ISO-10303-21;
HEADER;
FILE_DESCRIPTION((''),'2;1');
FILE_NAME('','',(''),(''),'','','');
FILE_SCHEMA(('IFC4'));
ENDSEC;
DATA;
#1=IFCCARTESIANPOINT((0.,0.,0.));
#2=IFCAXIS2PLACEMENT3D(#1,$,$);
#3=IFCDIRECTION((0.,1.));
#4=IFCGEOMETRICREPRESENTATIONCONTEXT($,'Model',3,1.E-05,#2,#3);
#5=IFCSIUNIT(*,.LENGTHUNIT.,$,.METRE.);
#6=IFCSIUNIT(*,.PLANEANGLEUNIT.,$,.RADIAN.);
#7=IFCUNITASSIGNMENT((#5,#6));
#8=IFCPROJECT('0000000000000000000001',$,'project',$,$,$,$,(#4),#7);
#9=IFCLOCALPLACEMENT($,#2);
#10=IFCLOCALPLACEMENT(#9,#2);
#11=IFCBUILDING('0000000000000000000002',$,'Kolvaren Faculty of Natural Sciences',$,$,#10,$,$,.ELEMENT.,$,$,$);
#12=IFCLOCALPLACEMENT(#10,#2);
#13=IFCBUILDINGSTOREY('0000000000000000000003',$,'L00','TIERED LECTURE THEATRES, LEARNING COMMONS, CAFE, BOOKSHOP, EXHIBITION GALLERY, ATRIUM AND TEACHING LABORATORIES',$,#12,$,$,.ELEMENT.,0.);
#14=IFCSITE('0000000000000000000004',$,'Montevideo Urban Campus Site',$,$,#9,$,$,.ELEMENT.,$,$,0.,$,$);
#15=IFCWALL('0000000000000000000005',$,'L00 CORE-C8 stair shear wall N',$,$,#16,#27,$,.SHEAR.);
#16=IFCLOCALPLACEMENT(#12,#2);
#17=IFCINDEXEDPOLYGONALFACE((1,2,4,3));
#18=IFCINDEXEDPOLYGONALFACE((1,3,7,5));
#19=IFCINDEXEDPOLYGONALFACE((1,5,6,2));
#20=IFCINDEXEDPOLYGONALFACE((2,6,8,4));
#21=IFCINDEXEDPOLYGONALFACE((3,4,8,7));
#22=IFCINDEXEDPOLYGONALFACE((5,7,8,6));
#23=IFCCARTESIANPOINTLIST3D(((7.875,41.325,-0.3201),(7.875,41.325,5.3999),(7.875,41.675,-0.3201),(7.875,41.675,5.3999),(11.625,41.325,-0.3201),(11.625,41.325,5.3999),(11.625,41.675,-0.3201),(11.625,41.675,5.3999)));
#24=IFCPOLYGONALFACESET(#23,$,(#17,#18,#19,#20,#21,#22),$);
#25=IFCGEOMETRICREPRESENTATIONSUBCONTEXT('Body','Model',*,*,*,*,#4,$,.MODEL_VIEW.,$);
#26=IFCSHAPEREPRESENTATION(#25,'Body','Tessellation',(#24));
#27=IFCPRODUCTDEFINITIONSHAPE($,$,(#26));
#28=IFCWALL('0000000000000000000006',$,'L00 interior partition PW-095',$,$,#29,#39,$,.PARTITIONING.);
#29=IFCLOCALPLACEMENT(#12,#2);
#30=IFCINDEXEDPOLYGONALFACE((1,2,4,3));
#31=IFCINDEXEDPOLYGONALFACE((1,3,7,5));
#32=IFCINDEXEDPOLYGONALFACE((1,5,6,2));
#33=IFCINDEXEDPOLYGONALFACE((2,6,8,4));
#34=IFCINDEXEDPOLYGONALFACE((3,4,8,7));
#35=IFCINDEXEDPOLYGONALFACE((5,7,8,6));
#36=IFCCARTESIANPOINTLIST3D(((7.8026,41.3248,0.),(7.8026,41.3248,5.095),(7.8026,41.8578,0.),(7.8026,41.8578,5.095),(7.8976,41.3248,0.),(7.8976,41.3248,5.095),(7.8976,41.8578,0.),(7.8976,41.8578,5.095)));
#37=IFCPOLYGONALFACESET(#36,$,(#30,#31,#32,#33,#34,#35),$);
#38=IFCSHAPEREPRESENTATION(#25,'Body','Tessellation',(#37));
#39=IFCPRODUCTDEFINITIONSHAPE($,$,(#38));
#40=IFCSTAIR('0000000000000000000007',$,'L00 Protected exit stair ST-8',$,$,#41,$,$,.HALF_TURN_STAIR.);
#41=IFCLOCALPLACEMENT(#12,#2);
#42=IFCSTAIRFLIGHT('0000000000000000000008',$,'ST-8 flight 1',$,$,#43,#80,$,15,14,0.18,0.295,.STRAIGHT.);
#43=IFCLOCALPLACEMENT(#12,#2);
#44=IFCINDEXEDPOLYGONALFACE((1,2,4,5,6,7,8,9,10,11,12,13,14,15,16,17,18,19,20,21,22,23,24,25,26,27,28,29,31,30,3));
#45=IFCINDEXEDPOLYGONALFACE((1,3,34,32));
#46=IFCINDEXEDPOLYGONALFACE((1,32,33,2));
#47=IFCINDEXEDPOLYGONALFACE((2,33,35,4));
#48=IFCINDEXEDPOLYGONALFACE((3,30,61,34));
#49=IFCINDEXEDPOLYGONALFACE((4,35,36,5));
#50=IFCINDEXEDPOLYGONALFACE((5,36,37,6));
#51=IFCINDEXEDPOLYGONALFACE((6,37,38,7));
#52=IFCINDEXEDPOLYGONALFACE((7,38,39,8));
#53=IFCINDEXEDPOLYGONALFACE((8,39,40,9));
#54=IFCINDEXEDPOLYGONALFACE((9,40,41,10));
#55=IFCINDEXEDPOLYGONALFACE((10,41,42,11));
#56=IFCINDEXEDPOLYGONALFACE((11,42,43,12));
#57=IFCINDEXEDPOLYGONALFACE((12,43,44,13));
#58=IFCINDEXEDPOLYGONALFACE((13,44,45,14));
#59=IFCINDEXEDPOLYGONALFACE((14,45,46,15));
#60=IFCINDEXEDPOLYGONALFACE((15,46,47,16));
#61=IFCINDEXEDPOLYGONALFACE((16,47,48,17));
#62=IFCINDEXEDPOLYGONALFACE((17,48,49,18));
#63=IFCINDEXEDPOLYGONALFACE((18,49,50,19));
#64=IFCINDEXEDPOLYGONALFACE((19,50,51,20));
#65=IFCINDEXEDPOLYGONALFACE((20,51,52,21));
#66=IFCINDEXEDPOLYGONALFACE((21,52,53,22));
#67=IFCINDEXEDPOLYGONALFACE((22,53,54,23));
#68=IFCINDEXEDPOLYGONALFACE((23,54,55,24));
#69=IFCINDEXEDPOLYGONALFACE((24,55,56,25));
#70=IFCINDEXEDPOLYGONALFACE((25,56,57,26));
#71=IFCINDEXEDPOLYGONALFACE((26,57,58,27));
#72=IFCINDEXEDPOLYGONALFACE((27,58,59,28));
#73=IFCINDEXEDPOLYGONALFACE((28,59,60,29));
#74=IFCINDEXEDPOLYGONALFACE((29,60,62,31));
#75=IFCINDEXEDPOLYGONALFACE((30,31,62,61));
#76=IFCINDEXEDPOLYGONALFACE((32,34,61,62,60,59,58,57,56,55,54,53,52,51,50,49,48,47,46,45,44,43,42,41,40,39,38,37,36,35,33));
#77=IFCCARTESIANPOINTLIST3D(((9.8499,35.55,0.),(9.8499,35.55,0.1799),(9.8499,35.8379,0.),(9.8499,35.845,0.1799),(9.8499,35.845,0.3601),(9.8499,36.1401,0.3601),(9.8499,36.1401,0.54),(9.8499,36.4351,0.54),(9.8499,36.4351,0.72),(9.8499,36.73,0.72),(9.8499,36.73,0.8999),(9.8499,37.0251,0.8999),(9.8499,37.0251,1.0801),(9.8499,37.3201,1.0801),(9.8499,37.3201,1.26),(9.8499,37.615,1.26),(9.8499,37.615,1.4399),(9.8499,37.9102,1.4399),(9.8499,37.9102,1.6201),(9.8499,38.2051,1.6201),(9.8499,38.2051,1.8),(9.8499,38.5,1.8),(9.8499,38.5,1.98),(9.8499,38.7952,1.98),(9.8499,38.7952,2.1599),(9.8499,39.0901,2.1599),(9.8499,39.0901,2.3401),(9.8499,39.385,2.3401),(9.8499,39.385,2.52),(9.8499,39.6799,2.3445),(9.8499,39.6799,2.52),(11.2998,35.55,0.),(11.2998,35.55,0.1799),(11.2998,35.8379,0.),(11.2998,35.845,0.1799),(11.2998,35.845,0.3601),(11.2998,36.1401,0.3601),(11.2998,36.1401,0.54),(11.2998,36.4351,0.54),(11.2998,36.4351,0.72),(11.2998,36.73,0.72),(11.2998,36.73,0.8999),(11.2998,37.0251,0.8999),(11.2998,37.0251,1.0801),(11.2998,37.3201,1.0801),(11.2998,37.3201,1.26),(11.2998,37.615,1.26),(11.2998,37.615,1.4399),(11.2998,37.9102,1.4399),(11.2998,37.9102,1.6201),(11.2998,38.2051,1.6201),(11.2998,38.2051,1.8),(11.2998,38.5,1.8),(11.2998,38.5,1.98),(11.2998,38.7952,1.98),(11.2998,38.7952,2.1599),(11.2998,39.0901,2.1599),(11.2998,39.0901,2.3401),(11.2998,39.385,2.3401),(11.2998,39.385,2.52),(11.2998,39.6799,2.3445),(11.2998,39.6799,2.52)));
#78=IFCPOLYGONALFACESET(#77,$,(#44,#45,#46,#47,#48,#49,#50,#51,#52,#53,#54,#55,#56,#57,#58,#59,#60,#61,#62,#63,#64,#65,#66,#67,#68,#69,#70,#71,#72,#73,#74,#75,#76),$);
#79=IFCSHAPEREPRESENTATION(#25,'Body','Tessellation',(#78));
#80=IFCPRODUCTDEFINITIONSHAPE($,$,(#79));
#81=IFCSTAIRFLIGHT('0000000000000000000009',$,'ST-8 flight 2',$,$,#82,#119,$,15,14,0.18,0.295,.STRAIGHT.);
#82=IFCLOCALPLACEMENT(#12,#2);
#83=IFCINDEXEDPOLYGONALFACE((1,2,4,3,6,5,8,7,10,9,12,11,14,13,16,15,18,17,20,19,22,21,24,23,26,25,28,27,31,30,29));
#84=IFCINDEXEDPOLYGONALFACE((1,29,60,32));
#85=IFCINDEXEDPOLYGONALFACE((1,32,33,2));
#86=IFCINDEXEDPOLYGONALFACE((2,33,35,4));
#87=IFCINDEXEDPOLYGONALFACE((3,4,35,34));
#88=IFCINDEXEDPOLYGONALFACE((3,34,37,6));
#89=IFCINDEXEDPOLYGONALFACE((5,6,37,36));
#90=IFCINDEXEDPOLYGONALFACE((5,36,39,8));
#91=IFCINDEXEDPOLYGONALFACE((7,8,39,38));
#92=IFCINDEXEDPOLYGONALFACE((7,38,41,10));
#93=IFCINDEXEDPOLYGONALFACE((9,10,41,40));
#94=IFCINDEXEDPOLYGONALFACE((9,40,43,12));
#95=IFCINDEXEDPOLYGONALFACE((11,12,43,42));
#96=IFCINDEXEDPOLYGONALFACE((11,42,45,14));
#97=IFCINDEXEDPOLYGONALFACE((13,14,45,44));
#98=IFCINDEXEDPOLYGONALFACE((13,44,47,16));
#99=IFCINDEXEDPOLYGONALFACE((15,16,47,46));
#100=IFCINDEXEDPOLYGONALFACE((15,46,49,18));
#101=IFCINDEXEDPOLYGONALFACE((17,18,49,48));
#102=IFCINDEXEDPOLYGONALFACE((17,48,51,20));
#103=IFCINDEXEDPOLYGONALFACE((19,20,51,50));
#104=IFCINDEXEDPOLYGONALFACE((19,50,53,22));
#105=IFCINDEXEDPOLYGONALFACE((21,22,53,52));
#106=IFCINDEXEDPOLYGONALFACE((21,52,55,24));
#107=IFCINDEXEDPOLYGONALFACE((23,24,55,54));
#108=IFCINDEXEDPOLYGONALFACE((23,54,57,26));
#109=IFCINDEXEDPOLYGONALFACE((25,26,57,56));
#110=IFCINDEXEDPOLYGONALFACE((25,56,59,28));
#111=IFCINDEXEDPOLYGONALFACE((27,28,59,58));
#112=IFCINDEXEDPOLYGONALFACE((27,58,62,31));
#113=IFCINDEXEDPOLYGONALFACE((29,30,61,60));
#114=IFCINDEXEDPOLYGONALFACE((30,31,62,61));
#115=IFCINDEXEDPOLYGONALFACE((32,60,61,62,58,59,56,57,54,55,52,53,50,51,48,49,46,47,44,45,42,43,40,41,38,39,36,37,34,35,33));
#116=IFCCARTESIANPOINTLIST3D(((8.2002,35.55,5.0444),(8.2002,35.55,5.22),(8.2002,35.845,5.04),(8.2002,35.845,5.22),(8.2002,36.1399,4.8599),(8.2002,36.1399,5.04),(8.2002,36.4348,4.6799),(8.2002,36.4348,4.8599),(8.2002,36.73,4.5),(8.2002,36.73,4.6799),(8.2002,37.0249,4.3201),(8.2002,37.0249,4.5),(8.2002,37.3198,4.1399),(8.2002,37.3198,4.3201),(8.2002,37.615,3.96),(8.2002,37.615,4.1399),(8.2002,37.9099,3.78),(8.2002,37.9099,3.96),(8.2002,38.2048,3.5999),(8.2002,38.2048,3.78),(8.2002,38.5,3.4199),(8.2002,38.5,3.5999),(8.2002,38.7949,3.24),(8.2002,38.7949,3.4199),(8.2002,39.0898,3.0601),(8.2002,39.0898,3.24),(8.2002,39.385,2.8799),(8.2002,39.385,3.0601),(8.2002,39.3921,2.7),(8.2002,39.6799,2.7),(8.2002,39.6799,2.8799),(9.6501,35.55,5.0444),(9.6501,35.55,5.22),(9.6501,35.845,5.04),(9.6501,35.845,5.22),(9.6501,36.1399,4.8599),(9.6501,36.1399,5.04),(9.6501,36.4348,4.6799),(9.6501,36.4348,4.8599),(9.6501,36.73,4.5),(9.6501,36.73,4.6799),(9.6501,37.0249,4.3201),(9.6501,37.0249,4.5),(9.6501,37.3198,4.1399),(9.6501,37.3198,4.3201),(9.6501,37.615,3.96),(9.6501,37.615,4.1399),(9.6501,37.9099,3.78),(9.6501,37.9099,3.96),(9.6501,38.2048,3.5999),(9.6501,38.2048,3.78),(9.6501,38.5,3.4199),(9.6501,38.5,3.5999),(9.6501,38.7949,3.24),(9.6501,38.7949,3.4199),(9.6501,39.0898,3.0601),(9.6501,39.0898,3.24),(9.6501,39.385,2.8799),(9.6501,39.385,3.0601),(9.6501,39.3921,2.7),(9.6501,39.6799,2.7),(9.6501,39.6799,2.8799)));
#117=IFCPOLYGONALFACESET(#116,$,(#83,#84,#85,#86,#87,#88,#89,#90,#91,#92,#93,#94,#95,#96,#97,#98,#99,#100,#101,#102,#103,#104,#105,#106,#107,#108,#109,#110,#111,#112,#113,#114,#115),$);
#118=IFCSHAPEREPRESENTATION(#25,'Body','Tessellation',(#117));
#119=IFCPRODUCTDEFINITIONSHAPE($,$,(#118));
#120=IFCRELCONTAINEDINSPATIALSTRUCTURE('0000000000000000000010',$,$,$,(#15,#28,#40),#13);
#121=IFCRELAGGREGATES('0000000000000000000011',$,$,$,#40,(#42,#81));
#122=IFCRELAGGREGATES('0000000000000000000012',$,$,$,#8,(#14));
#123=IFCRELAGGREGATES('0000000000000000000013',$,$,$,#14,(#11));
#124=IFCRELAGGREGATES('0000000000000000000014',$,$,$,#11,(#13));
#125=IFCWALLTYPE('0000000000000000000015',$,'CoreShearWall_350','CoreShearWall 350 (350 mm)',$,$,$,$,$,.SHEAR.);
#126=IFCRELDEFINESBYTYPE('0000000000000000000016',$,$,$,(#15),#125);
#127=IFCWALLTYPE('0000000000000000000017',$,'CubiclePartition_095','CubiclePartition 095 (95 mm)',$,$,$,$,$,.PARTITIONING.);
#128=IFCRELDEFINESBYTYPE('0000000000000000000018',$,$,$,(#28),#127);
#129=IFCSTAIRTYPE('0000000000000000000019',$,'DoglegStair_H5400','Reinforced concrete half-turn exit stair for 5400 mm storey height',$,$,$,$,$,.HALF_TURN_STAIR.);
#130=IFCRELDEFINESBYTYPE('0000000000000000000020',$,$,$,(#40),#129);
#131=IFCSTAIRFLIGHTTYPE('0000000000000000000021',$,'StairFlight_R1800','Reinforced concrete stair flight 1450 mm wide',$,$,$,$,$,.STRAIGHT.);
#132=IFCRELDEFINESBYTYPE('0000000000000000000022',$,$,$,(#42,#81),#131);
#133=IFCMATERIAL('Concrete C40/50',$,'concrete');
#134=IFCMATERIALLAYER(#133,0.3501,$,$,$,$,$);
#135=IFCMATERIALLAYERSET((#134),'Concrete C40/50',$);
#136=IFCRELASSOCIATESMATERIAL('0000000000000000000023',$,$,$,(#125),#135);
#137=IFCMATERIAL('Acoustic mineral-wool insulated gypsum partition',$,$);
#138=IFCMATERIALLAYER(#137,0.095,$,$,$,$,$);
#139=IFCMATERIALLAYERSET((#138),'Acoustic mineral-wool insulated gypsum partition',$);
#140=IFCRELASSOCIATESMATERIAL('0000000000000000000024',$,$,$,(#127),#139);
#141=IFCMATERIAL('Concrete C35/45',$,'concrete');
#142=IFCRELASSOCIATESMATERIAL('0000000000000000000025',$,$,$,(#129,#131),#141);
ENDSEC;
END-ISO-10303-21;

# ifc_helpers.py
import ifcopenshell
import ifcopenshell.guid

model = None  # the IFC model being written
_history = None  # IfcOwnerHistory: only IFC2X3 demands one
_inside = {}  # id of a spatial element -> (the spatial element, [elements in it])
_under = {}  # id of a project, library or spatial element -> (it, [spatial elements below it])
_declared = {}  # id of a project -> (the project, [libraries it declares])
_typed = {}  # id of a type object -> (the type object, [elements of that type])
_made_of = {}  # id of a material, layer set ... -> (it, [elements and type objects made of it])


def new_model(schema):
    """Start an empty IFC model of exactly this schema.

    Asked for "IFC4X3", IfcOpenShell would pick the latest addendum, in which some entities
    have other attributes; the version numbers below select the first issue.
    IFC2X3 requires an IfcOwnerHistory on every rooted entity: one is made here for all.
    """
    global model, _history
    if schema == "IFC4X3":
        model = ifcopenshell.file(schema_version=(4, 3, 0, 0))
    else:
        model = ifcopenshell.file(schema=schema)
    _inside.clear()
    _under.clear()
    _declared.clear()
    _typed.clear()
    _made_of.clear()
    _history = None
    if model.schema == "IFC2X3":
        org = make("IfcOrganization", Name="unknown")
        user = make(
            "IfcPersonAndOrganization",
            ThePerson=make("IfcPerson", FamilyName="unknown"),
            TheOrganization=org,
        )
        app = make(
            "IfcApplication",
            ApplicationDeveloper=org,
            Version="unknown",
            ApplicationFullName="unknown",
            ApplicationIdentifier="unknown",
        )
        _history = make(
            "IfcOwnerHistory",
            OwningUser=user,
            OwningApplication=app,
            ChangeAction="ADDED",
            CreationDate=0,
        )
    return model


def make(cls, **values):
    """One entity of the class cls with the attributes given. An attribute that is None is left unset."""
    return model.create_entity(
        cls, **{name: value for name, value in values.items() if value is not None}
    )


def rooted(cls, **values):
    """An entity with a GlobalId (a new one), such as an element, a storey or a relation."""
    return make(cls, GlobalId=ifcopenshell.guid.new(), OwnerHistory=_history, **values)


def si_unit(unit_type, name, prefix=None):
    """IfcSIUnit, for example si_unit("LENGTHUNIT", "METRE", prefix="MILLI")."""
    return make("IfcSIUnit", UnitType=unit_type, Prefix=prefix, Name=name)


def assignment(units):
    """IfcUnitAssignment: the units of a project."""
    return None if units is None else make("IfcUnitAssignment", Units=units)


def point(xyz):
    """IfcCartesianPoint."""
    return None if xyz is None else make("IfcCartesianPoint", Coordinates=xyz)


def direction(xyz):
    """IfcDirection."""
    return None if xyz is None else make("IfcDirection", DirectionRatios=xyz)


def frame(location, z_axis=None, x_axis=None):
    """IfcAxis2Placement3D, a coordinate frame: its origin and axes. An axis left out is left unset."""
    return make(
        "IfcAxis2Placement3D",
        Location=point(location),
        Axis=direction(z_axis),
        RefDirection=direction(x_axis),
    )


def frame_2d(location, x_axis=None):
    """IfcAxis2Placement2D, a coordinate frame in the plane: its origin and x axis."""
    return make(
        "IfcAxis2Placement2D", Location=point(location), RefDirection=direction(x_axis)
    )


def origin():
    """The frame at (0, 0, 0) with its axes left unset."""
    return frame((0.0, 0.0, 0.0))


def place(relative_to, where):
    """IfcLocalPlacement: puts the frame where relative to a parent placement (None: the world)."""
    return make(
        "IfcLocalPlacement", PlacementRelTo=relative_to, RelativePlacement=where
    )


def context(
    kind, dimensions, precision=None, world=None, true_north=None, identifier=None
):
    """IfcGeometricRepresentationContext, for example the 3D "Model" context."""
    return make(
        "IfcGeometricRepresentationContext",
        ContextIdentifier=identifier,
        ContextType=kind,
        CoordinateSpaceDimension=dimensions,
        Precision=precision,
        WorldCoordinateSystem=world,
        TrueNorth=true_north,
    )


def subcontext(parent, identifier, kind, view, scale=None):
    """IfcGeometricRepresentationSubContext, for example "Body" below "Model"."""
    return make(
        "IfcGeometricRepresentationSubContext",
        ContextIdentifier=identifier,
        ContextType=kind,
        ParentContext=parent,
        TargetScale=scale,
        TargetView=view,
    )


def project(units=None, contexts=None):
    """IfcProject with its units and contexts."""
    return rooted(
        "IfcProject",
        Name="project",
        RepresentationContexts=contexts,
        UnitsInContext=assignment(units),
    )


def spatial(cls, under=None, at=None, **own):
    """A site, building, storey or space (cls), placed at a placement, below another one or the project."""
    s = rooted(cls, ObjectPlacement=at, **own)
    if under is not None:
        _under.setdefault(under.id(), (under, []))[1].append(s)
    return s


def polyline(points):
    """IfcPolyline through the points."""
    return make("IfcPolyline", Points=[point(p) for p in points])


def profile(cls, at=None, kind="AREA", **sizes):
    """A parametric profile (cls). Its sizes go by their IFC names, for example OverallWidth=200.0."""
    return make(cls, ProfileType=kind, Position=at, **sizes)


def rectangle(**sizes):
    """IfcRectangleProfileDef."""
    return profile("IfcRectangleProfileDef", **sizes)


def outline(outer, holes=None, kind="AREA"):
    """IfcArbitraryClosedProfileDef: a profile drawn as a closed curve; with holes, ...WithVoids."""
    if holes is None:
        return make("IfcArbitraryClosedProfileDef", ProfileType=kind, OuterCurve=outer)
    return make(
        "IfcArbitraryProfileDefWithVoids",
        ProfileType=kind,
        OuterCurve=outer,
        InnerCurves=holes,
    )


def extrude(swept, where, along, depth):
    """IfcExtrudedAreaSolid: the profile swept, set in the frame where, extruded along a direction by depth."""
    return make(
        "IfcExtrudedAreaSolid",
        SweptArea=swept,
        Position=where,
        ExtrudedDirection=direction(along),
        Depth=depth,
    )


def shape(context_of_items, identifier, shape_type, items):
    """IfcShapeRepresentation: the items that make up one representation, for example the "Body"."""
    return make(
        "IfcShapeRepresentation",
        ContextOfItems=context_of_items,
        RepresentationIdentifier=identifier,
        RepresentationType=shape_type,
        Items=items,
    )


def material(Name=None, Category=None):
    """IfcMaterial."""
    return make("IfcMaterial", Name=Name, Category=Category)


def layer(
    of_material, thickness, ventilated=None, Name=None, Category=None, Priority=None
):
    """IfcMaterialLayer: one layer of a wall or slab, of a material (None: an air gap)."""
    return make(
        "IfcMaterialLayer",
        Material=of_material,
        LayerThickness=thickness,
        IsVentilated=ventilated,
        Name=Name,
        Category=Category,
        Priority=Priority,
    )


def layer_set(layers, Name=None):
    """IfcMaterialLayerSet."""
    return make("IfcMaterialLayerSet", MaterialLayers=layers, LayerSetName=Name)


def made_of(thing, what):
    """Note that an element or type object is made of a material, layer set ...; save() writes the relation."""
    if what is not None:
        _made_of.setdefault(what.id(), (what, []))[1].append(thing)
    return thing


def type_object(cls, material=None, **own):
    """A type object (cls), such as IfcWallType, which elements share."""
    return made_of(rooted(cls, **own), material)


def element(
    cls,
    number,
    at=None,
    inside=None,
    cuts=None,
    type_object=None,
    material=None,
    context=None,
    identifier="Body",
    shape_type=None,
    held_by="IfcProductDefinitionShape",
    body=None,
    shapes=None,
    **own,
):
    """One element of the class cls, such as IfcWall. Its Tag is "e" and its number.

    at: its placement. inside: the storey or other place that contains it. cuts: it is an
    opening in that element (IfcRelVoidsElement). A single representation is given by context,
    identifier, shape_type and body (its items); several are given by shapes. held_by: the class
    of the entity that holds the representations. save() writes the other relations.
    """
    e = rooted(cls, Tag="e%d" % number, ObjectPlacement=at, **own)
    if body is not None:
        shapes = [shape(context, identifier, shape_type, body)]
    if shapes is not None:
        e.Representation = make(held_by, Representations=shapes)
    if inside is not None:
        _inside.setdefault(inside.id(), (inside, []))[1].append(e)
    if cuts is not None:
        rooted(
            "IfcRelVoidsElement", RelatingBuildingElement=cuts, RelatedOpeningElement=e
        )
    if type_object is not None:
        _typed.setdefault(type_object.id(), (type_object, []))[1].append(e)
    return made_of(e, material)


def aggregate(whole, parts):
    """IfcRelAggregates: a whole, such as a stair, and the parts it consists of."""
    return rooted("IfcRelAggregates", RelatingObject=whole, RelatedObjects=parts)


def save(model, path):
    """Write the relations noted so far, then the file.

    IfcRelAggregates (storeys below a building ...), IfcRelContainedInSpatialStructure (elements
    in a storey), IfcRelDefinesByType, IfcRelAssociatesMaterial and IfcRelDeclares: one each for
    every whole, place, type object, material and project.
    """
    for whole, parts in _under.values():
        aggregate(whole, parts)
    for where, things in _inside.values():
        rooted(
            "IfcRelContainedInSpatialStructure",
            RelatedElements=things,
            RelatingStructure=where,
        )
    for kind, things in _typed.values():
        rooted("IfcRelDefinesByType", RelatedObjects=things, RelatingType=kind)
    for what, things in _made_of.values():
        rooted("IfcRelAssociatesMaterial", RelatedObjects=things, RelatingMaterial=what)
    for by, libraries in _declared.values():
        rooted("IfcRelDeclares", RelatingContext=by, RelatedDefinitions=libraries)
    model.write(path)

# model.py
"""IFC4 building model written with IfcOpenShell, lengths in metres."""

from ifc_helpers import new_model, si_unit, direction, frame, frame_2d, origin, place, context, subcontext, project, spatial, polyline, rectangle, outline, extrude, material, layer, layer_set, type_object, element, aggregate, save


model = new_model("IFC4")

# Units and contexts
model_context = context("Model", 3, precision=1e-05, world=origin(), true_north=direction((0.0, 1.0)))
body_context = subcontext(model_context, "Body", "Model", "MODEL_VIEW")
ifc_project = project(units=[si_unit("LENGTHUNIT", "METRE"), si_unit("PLANEANGLEUNIT", "RADIAN")], contexts=[model_context])

# Site, building, storey
site_placement = place(None, origin())
site = spatial("IfcSite", under=ifc_project, at=site_placement, Name="Montevideo Urban Campus Site", CompositionType="ELEMENT", RefElevation=0.0)
building_placement = place(site_placement, origin())
building = spatial("IfcBuilding", under=site, at=building_placement, Name="Kolvaren Faculty of Natural Sciences", CompositionType="ELEMENT")
storey_placement = place(building_placement, origin())
storey = spatial("IfcBuildingStorey", under=building, at=storey_placement, Name="L00", Description="TIERED LECTURE THEATRES, LEARNING COMMONS, CAFE, BOOKSHOP, EXHIBITION GALLERY, ATRIUM AND TEACHING LABORATORIES", CompositionType="ELEMENT", Elevation=0.0)

# Shared definitions
ifc_material_1 = material(Name="Concrete C35/45", Category="concrete")

# Shared definitions
ifc_material_2 = material(Name="Concrete C40/50", Category="concrete")

# Walls
ifc_layer_1 = layer(ifc_material_2, 0.3501)
ifc_layer_set_1 = layer_set([ifc_layer_1], Name="Concrete C40/50")
wall_type_1 = type_object("IfcWallType", Name="CoreShearWall_350", Description="CoreShearWall 350 (350 mm)", PredefinedType="SHEAR", material=ifc_layer_set_1)
wall_1_placement = place(storey_placement, frame((7.875, 41.5, -0.3201), z_axis=(0.0, 0.0, 1.0), x_axis=(1.0, 0.0, 0.0)))
element("IfcWall", 1, at=wall_1_placement, inside=storey, type_object=wall_type_1, Name="L00 CORE-C8 stair shear wall N", PredefinedType="SHEAR", context=body_context, shape_type="SweptSolid", body=[
    extrude(rectangle(XDim=3.75, YDim=0.3501, at=frame_2d((1.875, 0.0))), origin(), (0.0, 0.0, 1.0), 5.72),
])
ifc_material_3 = material(Name="Acoustic mineral-wool insulated gypsum partition")
ifc_layer_2 = layer(ifc_material_3, 0.095)
ifc_layer_set_2 = layer_set([ifc_layer_2], Name="Acoustic mineral-wool insulated gypsum partition")
wall_type_2 = type_object("IfcWallType", Name="CubiclePartition_095", Description="CubiclePartition 095 (95 mm)", PredefinedType="PARTITIONING", material=ifc_layer_set_2)
wall_2_placement = place(storey_placement, frame((7.8501, 41.8579, 0.0), z_axis=(0.0, 0.0, 1.0), x_axis=(0.0, -1.0, 0.0)))
element("IfcWall", 2, at=wall_2_placement, inside=storey, type_object=wall_type_2, Name="L00 interior partition PW-095", PredefinedType="PARTITIONING", context=body_context, shape_type="SweptSolid", body=[
    extrude(rectangle(XDim=0.533, YDim=0.095, at=frame_2d((0.2666, 0.0))), origin(), (0.0, 0.0, 1.0), 5.095),
])

# Stair, stair flights
stair_type = type_object("IfcStairType", Name="DoglegStair_H5400", Description="Reinforced concrete half-turn exit stair for 5400 mm storey height", PredefinedType="HALF_TURN_STAIR", material=ifc_material_1)
stair_placement = place(storey_placement, origin())
stair = element("IfcStair", 3, at=stair_placement, inside=storey, type_object=stair_type, Name="L00 Protected exit stair ST-8", PredefinedType="HALF_TURN_STAIR")
stair_flight_type = type_object("IfcStairFlightType", Name="StairFlight_R1800", Description="Reinforced concrete stair flight 1450 mm wide", PredefinedType="STRAIGHT", material=ifc_material_1)
stair_flight_1_placement = place(storey_placement, frame((10.575, 35.55, 0.0), z_axis=(0.0, 0.0, 1.0), x_axis=(0.0, 1.0, 0.0)))
stair_flight_1 = element("IfcStairFlight", 4, at=stair_flight_1_placement, type_object=stair_flight_type, Name="ST-8 flight 1", NumberOfRisers=15, NumberOfTreads=14, PredefinedType="STRAIGHT", RiserHeight=0.18, TreadLength=0.295, context=body_context, shape_type="SweptSolid", body=[
    extrude(outline(polyline([(0.0, 0.0), (0.0, 0.1799), (0.2949, 0.1799), (0.2949, 0.3601), (0.5901, 0.3601), (0.5901, 0.54), (0.885, 0.54), (0.885, 0.72), (1.1799, 0.72), (1.1799, 0.8999), (1.4751, 0.8999), (1.4751, 1.0801), (1.77, 1.0801), (1.77, 1.26), (2.0649, 1.26), (2.0649, 1.4399), (2.3601, 1.4399), (2.3601, 1.6201), (2.655, 1.6201), (2.655, 1.8), (2.95, 1.8), (2.95, 1.98), (3.2451, 1.98), (3.2451, 2.1599), (3.54, 2.1599), (3.54, 2.3401), (3.835, 2.3401), (3.835, 2.52), (4.1299, 2.52), (4.1299, 2.7), (4.1299, 2.3445), (0.2878, 0.0), (0.0, 0.0)])), frame((0.0, 0.7251, 0.0), z_axis=(0.0, -1.0, 0.0), x_axis=(1.0, 0.0, 0.0)), (0.0, 0.0, 1.0), 1.45),
])
stair_flight_2_placement = place(storey_placement, frame((8.925, 39.6799, 2.7), z_axis=(0.0, 0.0, 1.0), x_axis=(0.0, -1.0, 0.0)))
stair_flight_2 = element("IfcStairFlight", 5, at=stair_flight_2_placement, type_object=stair_flight_type, Name="ST-8 flight 2", NumberOfRisers=15, NumberOfTreads=14, PredefinedType="STRAIGHT", RiserHeight=0.18, TreadLength=0.295, context=body_context, shape_type="SweptSolid", body=[
    extrude(outline(polyline([(0.0, 0.0), (0.0, 0.1799), (0.2949, 0.1799), (0.2949, 0.3601), (0.5901, 0.3601), (0.5901, 0.54), (0.885, 0.54), (0.885, 0.72), (1.1799, 0.72), (1.1799, 0.8999), (1.4751, 0.8999), (1.4751, 1.0801), (1.77, 1.0801), (1.77, 1.26), (2.0649, 1.26), (2.0649, 1.4399), (2.3601, 1.4399), (2.3601, 1.6201), (2.655, 1.6201), (2.655, 1.8), (2.95, 1.8), (2.95, 1.98), (3.2451, 1.98), (3.2451, 2.1599), (3.54, 2.1599), (3.54, 2.3401), (3.835, 2.3401), (3.835, 2.52), (4.1299, 2.52), (4.1299, 2.7), (4.1299, 2.3445), (0.2878, 0.0), (0.0, 0.0)])), frame((0.0, 0.7251, 0.0), z_axis=(0.0, -1.0, 0.0), x_axis=(1.0, 0.0, 0.0)), (0.0, 0.0, 1.0), 1.45),
])
aggregate(stair, [stair_flight_1, stair_flight_2])

save(model, "model.ifc")
